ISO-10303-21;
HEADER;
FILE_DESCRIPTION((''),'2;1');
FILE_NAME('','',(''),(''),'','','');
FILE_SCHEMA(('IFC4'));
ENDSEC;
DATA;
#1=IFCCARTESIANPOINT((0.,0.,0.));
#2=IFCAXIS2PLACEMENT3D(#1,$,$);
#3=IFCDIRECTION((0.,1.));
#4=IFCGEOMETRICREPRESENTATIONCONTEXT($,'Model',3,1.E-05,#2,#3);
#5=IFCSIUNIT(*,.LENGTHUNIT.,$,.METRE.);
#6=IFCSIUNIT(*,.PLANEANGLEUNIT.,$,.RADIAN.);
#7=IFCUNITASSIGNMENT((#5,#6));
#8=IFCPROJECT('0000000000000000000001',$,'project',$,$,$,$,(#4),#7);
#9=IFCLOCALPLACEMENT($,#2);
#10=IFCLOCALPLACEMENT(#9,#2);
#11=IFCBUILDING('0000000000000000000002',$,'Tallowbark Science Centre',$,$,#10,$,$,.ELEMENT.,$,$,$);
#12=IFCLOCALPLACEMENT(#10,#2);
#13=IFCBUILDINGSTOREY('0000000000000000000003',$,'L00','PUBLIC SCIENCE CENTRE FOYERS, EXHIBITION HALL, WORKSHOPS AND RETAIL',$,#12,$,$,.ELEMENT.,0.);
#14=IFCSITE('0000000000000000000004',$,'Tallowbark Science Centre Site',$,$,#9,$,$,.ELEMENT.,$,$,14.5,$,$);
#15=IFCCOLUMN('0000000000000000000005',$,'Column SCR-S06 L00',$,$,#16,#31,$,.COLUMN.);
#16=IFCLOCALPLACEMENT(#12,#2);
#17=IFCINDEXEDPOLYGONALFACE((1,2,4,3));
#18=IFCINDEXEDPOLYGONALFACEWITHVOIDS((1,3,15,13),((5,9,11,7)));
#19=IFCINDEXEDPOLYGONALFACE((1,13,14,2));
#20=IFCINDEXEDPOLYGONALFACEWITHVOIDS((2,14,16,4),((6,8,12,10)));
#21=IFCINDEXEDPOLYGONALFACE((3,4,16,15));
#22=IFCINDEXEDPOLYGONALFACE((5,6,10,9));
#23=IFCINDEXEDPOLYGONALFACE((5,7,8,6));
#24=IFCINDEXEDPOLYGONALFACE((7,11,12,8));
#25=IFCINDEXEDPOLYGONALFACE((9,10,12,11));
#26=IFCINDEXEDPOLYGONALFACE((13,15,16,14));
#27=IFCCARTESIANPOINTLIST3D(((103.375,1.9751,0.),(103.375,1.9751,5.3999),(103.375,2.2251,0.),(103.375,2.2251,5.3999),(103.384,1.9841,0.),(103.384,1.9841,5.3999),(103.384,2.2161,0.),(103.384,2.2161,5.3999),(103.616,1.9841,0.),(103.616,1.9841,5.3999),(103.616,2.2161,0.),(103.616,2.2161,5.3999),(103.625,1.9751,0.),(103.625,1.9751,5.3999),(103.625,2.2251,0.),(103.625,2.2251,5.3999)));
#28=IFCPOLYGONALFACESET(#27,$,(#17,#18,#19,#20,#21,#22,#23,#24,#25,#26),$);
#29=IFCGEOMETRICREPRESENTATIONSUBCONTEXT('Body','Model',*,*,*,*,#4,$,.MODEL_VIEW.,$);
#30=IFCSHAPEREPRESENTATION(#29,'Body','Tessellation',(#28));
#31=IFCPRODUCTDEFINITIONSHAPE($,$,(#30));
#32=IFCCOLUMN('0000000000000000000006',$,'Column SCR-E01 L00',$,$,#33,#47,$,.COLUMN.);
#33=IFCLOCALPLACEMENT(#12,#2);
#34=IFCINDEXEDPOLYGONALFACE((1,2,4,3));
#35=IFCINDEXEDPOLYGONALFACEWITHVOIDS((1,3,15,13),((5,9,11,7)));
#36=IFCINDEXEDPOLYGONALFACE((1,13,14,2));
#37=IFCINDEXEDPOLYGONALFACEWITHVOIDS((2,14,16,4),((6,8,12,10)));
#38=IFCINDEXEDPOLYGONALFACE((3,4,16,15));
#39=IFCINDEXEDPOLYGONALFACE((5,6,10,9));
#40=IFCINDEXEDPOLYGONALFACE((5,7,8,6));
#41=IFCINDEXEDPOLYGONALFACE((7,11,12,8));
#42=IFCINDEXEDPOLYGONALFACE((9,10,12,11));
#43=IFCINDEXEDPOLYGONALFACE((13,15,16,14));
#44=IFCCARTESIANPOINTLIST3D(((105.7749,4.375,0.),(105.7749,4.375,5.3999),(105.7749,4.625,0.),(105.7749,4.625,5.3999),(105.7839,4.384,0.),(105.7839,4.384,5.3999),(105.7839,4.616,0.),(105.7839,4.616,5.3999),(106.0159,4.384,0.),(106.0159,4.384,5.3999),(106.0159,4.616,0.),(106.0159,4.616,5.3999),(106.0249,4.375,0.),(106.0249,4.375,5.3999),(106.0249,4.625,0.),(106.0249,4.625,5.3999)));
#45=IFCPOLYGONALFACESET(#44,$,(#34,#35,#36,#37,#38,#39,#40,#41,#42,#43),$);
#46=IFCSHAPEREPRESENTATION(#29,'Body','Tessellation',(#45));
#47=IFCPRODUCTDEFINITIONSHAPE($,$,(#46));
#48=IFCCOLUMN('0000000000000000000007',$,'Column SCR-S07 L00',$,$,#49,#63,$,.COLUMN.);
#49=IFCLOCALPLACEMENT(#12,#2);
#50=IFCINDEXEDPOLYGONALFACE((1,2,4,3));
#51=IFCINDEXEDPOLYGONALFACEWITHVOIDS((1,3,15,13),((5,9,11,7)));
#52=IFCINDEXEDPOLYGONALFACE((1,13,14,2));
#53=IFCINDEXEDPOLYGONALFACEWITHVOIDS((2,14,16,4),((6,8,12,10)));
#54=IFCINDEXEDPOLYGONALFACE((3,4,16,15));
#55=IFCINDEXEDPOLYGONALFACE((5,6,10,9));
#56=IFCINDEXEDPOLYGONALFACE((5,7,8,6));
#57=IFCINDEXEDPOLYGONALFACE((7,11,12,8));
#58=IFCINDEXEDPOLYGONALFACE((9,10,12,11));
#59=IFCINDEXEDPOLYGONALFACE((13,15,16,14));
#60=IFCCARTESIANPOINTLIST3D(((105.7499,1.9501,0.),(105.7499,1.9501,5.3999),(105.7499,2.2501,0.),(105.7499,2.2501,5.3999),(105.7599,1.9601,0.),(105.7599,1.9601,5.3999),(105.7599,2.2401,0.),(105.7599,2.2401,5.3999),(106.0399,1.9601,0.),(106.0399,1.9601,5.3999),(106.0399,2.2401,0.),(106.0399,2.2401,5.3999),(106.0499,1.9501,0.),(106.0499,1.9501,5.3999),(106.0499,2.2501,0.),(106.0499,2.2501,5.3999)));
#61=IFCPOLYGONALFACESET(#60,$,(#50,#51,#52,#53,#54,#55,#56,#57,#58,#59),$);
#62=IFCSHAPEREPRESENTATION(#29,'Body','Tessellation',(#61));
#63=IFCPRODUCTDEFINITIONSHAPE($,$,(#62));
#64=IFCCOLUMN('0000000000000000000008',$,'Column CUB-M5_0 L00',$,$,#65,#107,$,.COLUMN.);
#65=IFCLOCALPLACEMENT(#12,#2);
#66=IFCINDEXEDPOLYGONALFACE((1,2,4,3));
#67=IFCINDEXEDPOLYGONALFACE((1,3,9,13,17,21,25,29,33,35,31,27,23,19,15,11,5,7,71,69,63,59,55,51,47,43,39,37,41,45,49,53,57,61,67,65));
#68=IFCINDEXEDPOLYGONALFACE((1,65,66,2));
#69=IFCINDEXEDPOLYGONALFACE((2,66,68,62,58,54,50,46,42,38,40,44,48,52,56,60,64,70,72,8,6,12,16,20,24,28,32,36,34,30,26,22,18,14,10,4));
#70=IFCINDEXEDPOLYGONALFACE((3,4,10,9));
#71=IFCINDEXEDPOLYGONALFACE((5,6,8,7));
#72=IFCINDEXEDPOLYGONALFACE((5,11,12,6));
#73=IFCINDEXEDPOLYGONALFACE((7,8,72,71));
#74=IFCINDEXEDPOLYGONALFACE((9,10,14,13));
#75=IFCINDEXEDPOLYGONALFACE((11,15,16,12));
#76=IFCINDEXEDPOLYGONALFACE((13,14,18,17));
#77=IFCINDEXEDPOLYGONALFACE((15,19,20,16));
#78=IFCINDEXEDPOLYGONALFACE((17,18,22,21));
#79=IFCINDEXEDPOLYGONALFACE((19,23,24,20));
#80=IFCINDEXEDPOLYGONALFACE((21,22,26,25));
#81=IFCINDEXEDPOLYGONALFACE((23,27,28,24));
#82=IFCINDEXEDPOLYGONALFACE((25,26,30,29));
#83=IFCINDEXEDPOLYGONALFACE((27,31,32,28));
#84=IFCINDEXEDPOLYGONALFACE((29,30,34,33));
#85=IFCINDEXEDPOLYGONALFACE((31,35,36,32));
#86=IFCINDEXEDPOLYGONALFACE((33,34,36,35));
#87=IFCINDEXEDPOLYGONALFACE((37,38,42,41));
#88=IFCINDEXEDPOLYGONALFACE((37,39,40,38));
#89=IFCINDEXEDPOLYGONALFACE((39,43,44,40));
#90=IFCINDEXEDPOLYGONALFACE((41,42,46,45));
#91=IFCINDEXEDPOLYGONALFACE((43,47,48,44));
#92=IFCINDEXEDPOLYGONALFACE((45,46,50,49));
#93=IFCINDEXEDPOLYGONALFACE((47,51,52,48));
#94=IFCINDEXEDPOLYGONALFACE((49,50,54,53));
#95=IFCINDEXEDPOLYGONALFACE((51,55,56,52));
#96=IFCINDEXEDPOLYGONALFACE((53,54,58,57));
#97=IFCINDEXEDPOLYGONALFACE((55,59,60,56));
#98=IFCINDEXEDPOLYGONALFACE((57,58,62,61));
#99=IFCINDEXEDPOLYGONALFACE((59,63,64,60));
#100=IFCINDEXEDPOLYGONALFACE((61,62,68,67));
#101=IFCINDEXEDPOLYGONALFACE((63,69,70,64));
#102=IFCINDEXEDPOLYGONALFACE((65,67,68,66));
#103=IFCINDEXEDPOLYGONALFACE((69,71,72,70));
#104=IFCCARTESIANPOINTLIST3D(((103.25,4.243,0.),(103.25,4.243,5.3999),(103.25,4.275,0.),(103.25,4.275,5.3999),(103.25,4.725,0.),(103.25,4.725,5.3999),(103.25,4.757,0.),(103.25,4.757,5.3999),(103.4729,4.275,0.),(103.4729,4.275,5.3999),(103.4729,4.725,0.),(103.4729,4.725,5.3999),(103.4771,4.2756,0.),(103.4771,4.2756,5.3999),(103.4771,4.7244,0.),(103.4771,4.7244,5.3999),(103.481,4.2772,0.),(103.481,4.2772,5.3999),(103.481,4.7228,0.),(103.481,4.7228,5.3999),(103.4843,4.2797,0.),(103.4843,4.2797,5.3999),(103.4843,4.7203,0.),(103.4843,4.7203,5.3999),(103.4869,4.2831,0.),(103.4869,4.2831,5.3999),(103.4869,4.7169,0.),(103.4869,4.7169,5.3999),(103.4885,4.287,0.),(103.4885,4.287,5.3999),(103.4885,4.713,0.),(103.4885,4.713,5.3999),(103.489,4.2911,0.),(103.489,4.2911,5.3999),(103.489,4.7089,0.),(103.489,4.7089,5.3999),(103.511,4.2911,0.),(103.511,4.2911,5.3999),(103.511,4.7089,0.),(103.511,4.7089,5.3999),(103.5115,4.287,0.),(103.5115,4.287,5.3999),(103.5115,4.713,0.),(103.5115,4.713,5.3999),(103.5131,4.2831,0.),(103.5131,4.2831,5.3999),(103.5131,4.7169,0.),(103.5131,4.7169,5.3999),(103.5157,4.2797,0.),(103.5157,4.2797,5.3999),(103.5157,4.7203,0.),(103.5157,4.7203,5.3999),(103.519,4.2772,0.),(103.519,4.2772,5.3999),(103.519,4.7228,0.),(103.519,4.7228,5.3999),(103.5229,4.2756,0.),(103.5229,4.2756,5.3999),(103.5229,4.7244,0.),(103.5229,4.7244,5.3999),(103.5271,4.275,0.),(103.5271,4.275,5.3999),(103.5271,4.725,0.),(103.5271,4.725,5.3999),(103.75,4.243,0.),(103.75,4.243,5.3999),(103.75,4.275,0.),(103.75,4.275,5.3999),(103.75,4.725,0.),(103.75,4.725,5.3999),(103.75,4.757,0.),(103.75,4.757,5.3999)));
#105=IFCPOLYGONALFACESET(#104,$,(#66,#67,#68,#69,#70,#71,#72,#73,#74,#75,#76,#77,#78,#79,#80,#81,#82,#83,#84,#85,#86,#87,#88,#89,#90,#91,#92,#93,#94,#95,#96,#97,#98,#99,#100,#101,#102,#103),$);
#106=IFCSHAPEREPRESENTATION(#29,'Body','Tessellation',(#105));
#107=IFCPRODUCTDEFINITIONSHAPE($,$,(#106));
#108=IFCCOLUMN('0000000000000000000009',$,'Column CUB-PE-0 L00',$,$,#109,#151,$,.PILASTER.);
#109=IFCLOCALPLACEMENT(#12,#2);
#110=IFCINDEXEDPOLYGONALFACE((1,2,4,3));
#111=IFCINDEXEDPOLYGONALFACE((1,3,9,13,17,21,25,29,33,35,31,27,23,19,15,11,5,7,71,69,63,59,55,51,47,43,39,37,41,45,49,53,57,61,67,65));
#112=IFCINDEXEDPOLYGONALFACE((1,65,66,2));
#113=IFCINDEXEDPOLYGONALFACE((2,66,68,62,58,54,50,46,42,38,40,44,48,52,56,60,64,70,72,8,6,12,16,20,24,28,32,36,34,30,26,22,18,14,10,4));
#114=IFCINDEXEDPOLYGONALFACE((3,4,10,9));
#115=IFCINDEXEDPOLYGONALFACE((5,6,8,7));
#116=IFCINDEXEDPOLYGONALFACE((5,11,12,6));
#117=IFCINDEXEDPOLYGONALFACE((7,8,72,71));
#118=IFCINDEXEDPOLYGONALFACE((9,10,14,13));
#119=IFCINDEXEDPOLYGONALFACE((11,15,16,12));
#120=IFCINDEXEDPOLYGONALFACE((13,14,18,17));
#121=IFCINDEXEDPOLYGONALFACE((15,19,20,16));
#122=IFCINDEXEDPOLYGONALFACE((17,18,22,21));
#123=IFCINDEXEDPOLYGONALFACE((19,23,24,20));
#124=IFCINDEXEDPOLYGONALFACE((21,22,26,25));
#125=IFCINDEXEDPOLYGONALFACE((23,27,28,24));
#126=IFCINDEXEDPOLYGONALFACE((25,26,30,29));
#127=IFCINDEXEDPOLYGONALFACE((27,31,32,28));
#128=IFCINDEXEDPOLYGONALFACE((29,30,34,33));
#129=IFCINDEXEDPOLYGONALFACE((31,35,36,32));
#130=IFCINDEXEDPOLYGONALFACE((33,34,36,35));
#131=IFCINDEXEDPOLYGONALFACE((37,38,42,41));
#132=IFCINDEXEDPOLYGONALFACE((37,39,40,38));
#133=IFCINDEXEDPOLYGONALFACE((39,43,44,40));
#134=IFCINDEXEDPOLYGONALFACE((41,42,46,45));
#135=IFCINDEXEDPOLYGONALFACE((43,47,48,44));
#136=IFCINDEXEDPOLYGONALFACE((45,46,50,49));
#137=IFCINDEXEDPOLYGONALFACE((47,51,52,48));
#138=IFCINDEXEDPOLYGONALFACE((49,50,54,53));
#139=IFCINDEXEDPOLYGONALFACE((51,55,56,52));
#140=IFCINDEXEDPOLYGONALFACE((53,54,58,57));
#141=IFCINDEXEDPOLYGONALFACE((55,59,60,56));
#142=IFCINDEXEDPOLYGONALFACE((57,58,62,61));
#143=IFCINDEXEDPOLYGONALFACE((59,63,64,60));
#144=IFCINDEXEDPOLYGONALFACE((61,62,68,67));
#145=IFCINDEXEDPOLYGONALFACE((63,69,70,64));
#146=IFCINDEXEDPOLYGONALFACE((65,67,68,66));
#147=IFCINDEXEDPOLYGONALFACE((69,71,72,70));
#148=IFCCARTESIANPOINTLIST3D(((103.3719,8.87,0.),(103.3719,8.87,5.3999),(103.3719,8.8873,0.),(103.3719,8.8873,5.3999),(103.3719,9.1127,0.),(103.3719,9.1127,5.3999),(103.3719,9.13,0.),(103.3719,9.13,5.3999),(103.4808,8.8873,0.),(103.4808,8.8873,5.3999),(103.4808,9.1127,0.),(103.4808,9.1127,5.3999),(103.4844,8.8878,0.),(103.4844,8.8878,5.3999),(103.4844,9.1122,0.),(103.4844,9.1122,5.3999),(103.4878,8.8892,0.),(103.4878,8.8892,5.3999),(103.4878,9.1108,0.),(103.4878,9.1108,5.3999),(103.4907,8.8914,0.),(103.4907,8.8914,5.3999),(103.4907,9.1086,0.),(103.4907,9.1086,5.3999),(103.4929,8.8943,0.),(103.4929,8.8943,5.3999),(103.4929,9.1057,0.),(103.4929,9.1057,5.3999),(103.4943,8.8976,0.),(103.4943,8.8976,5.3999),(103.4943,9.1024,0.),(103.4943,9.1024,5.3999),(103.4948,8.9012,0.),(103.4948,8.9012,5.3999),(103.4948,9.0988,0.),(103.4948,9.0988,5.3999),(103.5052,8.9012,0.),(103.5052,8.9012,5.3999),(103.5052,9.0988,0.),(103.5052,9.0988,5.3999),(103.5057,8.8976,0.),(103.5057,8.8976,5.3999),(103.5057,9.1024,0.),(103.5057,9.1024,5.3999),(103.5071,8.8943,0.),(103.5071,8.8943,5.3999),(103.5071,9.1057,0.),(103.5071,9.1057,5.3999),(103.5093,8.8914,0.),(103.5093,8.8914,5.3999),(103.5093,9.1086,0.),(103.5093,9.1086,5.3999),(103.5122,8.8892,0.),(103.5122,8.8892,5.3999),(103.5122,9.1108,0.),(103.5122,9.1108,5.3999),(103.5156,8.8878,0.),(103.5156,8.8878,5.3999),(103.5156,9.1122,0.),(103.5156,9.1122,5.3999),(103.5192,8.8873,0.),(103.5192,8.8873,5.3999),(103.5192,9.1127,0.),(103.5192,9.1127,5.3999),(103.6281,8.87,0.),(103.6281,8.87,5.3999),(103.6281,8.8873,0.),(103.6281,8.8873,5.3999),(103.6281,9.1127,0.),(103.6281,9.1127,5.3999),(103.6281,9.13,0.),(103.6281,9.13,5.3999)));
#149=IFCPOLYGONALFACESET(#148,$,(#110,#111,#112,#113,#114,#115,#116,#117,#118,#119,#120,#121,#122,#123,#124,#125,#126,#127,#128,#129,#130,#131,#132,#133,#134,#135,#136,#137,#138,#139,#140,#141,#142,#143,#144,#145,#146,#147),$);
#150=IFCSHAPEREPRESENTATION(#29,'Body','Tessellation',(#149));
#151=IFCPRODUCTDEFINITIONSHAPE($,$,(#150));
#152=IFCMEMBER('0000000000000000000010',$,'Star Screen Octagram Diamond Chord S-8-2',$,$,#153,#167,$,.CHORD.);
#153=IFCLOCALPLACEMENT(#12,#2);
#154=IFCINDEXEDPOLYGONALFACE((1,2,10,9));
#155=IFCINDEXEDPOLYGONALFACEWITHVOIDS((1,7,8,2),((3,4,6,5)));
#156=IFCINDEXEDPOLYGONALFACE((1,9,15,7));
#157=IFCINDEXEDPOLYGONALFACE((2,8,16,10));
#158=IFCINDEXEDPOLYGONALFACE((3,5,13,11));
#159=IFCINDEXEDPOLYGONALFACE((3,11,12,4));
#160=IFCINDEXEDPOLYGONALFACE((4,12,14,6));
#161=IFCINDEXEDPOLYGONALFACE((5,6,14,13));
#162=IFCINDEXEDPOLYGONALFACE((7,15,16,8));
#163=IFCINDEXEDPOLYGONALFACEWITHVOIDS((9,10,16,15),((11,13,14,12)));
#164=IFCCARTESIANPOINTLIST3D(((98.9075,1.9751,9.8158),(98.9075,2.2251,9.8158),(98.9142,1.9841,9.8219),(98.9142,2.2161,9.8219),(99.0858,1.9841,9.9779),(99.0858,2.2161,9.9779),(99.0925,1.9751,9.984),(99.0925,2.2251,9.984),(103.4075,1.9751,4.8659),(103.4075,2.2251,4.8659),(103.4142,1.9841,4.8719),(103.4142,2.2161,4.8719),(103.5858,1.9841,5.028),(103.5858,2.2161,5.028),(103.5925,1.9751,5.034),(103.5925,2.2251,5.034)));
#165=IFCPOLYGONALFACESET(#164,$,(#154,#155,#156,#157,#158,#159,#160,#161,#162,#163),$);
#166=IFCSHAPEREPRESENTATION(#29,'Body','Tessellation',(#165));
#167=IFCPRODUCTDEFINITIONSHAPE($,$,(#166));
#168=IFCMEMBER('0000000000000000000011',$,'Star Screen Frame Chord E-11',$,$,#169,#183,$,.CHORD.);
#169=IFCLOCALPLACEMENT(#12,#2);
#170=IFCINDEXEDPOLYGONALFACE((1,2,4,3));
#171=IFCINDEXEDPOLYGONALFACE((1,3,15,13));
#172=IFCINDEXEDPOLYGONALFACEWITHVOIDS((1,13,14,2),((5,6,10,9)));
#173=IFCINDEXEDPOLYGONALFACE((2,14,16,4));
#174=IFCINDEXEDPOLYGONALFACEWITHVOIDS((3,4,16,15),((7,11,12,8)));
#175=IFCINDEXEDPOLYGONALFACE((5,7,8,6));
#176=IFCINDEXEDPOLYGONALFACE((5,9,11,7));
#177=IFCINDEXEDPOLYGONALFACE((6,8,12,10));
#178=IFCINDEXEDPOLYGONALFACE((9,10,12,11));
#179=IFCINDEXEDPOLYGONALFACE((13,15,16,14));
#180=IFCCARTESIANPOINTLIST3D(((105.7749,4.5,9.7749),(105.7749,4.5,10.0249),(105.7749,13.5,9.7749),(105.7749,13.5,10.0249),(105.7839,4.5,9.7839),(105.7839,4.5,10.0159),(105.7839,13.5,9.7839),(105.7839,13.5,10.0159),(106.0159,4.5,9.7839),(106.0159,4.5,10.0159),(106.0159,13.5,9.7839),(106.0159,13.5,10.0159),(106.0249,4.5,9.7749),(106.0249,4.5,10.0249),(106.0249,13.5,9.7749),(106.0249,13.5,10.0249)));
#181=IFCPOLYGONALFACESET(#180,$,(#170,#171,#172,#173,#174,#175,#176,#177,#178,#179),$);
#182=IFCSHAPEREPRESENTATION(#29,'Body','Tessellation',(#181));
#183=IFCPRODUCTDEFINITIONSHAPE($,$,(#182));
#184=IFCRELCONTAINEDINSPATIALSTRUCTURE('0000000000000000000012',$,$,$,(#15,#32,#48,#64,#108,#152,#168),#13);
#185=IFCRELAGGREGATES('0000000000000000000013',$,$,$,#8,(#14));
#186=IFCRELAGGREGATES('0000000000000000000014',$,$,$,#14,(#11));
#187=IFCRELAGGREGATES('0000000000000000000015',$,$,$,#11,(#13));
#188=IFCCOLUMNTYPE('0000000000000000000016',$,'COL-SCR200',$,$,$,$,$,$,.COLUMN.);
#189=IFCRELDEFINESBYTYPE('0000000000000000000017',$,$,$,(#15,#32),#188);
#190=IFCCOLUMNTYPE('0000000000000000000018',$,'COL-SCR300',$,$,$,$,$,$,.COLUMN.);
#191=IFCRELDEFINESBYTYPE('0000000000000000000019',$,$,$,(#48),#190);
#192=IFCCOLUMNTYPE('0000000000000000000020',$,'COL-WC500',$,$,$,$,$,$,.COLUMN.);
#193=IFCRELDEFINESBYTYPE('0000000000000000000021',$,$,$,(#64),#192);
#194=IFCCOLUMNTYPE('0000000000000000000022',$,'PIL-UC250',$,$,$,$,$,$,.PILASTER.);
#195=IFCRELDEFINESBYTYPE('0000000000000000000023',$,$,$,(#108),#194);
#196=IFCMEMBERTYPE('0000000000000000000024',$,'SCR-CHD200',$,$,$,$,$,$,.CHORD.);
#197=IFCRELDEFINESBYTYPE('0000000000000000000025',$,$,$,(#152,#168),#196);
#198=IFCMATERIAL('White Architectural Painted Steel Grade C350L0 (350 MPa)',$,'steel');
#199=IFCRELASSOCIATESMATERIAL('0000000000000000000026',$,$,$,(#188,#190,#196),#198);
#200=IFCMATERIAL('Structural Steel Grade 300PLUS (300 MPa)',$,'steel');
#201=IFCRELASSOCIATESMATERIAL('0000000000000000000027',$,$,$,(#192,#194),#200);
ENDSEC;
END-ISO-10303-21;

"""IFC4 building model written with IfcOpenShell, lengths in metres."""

from ifc_helpers import new_model, si_unit, direction, frame, origin, origin_2d, place, context, subcontext, project, spatial, hollow_rectangle, i_section, extrude, material, material_profile, profile_set, type_object, element, save


model = new_model("IFC4")

# Units and contexts
model_context = context("Model", 3, precision=1e-05, world=origin(), true_north=direction((0.0, 1.0)))
body_context = subcontext(model_context, "Body", "Model", "MODEL_VIEW")
ifc_project = project(units=[si_unit("LENGTHUNIT", "METRE"), si_unit("PLANEANGLEUNIT", "RADIAN")], contexts=[model_context])

# Site, building, storey
site_placement = place(None, origin())
site = spatial("IfcSite", under=ifc_project, at=site_placement, Name="Tallowbark Science Centre Site", CompositionType="ELEMENT", RefElevation=14.5)
building_placement = place(site_placement, origin())
building = spatial("IfcBuilding", under=site, at=building_placement, Name="Tallowbark Science Centre", CompositionType="ELEMENT")
storey_placement = place(building_placement, origin())
storey = spatial("IfcBuildingStorey", under=building, at=storey_placement, Name="L00", Description="PUBLIC SCIENCE CENTRE FOYERS, EXHIBITION HALL, WORKSHOPS AND RETAIL", CompositionType="ELEMENT", Elevation=0.0)

# Columns
ifc_material_1 = material(Name="White Architectural Painted Steel Grade C350L0 (350 MPa)", Category="steel")
ifc_material_profile_1 = material_profile(ifc_material_1, hollow_rectangle(XDim=0.25, YDim=0.25, WallThickness=0.009, at=origin_2d()), Name="250x250x9.0SHS")
ifc_profile_set_1 = profile_set([ifc_material_profile_1], Name="White Architectural Painted Steel Grade C350L0 (350 MPa)")
column_type_1 = type_object("IfcColumnType", Name="COL-SCR200", PredefinedType="COLUMN", material=ifc_profile_set_1)
for number, where, z_axis, x_axis, name in (
    (1, (103.5, 2.1001, 0.0), (0.0, 0.0, 1.0), (1.0, 0.0, 0.0), "Column SCR-S06 L00"),
    (2, (105.8999, 4.5, 0.0), (0.0, 0.0, 1.0), (1.0, 0.0, 0.0), "Column SCR-E01 L00"),
):
    element("IfcColumn", number, at=place(storey_placement, frame(where, z_axis=z_axis, x_axis=x_axis)), inside=storey, type_object=column_type_1, Name=name, PredefinedType="COLUMN", context=body_context, shape_type="SweptSolid", body=[
        extrude(hollow_rectangle(XDim=0.25, YDim=0.25, WallThickness=0.009, at=origin_2d()), origin(), (0.0, 0.0, 1.0), 5.3999),
    ])
ifc_material_profile_2 = material_profile(ifc_material_1, hollow_rectangle(XDim=0.3, YDim=0.3, WallThickness=0.01, at=origin_2d()), Name="300x300x10.0SHS")
ifc_profile_set_2 = profile_set([ifc_material_profile_2], Name="White Architectural Painted Steel Grade C350L0 (350 MPa)")
column_type_2 = type_object("IfcColumnType", Name="COL-SCR300", PredefinedType="COLUMN", material=ifc_profile_set_2)
column_1_placement = place(storey_placement, frame((105.8999, 2.1001, 0.0), z_axis=(0.0, 0.0, 1.0), x_axis=(1.0, 0.0, 0.0)))
element("IfcColumn", 3, at=column_1_placement, inside=storey, type_object=column_type_2, Name="Column SCR-S07 L00", PredefinedType="COLUMN", context=body_context, shape_type="SweptSolid", body=[
    extrude(hollow_rectangle(XDim=0.3, YDim=0.3, WallThickness=0.01, at=origin_2d()), origin(), (0.0, 0.0, 1.0), 5.3999),
])
ifc_material_2 = material(Name="Structural Steel Grade 300PLUS (300 MPa)", Category="steel")
ifc_material_profile_3 = material_profile(ifc_material_2, i_section(OverallWidth=0.5, OverallDepth=0.5139, WebThickness=0.022, FlangeThickness=0.032, FilletRadius=0.0161, at=origin_2d()), Name="500WC340")
ifc_profile_set_3 = profile_set([ifc_material_profile_3], Name="Structural Steel Grade 300PLUS (300 MPa)")
column_type_3 = type_object("IfcColumnType", Name="COL-WC500", PredefinedType="COLUMN", material=ifc_profile_set_3)
column_2_placement = place(storey_placement, frame((103.5, 4.5, 0.0), z_axis=(0.0, 0.0, 1.0), x_axis=(1.0, 0.0, 0.0)))
element("IfcColumn", 4, at=column_2_placement, inside=storey, type_object=column_type_3, Name="Column CUB-M5_0 L00", PredefinedType="COLUMN", context=body_context, shape_type="SweptSolid", body=[
    extrude(i_section(OverallWidth=0.5, OverallDepth=0.5139, WebThickness=0.022, FlangeThickness=0.032, FilletRadius=0.0161, at=origin_2d()), origin(), (0.0, 0.0, 1.0), 5.3999),
])
ifc_material_profile_4 = material_profile(ifc_material_2, i_section(OverallWidth=0.2561, OverallDepth=0.26, WebThickness=0.0105, FlangeThickness=0.0173, FilletRadius=0.0139, at=origin_2d()), Name="250UC89.5")
ifc_profile_set_4 = profile_set([ifc_material_profile_4], Name="Structural Steel Grade 300PLUS (300 MPa)")
column_type_4 = type_object("IfcColumnType", Name="PIL-UC250", PredefinedType="PILASTER", material=ifc_profile_set_4)
column_3_placement = place(storey_placement, frame((103.5, 9.0, 0.0), z_axis=(0.0, 0.0, 1.0), x_axis=(1.0, 0.0, 0.0)))
element("IfcColumn", 5, at=column_3_placement, inside=storey, type_object=column_type_4, Name="Column CUB-PE-0 L00", PredefinedType="PILASTER", context=body_context, shape_type="SweptSolid", body=[
    extrude(i_section(OverallWidth=0.2561, OverallDepth=0.26, WebThickness=0.0105, FlangeThickness=0.0173, FilletRadius=0.0139, at=origin_2d()), origin(), (0.0, 0.0, 1.0), 5.3999),
])

# Members
ifc_material_profile_5 = material_profile(ifc_material_1, hollow_rectangle(XDim=0.25, YDim=0.25, WallThickness=0.009, at=origin_2d()), Name="250x250x9.0SHS")
ifc_profile_set_5 = profile_set([ifc_material_profile_5], Name="White Architectural Painted Steel Grade C350L0 (350 MPa)")
member_type_1 = type_object("IfcMemberType", Name="SCR-CHD200", PredefinedType="CHORD", material=ifc_profile_set_5)
member_1_placement = place(storey_placement, frame((103.5, 2.1001, 4.95), z_axis=(-0.672676, 0.0, 0.739937), x_axis=(0.0, -1.0, 0.0)))
element("IfcMember", 6, at=member_1_placement, inside=storey, type_object=member_type_1, Name="Star Screen Octagram Diamond Chord S-8-2", PredefinedType="CHORD", context=body_context, shape_type="SweptSolid", body=[
    extrude(hollow_rectangle(XDim=0.25, YDim=0.25, WallThickness=0.009, at=origin_2d()), origin(), (0.0, 0.0, 1.0), 6.6897),
])
member_2_placement = place(storey_placement, frame((105.8999, 4.5, 9.8999), z_axis=(0.0, 1.0, 0.0), x_axis=(-1.0, 0.0, 0.0)))
element("IfcMember", 7, at=member_2_placement, inside=storey, type_object=member_type_1, Name="Star Screen Frame Chord E-11", PredefinedType="CHORD", context=body_context, shape_type="SweptSolid", body=[
    extrude(hollow_rectangle(XDim=0.25, YDim=0.25, WallThickness=0.009, at=origin_2d()), origin(), (0.0, 0.0, 1.0), 9.0),
])

save(model, "model.ifc")
